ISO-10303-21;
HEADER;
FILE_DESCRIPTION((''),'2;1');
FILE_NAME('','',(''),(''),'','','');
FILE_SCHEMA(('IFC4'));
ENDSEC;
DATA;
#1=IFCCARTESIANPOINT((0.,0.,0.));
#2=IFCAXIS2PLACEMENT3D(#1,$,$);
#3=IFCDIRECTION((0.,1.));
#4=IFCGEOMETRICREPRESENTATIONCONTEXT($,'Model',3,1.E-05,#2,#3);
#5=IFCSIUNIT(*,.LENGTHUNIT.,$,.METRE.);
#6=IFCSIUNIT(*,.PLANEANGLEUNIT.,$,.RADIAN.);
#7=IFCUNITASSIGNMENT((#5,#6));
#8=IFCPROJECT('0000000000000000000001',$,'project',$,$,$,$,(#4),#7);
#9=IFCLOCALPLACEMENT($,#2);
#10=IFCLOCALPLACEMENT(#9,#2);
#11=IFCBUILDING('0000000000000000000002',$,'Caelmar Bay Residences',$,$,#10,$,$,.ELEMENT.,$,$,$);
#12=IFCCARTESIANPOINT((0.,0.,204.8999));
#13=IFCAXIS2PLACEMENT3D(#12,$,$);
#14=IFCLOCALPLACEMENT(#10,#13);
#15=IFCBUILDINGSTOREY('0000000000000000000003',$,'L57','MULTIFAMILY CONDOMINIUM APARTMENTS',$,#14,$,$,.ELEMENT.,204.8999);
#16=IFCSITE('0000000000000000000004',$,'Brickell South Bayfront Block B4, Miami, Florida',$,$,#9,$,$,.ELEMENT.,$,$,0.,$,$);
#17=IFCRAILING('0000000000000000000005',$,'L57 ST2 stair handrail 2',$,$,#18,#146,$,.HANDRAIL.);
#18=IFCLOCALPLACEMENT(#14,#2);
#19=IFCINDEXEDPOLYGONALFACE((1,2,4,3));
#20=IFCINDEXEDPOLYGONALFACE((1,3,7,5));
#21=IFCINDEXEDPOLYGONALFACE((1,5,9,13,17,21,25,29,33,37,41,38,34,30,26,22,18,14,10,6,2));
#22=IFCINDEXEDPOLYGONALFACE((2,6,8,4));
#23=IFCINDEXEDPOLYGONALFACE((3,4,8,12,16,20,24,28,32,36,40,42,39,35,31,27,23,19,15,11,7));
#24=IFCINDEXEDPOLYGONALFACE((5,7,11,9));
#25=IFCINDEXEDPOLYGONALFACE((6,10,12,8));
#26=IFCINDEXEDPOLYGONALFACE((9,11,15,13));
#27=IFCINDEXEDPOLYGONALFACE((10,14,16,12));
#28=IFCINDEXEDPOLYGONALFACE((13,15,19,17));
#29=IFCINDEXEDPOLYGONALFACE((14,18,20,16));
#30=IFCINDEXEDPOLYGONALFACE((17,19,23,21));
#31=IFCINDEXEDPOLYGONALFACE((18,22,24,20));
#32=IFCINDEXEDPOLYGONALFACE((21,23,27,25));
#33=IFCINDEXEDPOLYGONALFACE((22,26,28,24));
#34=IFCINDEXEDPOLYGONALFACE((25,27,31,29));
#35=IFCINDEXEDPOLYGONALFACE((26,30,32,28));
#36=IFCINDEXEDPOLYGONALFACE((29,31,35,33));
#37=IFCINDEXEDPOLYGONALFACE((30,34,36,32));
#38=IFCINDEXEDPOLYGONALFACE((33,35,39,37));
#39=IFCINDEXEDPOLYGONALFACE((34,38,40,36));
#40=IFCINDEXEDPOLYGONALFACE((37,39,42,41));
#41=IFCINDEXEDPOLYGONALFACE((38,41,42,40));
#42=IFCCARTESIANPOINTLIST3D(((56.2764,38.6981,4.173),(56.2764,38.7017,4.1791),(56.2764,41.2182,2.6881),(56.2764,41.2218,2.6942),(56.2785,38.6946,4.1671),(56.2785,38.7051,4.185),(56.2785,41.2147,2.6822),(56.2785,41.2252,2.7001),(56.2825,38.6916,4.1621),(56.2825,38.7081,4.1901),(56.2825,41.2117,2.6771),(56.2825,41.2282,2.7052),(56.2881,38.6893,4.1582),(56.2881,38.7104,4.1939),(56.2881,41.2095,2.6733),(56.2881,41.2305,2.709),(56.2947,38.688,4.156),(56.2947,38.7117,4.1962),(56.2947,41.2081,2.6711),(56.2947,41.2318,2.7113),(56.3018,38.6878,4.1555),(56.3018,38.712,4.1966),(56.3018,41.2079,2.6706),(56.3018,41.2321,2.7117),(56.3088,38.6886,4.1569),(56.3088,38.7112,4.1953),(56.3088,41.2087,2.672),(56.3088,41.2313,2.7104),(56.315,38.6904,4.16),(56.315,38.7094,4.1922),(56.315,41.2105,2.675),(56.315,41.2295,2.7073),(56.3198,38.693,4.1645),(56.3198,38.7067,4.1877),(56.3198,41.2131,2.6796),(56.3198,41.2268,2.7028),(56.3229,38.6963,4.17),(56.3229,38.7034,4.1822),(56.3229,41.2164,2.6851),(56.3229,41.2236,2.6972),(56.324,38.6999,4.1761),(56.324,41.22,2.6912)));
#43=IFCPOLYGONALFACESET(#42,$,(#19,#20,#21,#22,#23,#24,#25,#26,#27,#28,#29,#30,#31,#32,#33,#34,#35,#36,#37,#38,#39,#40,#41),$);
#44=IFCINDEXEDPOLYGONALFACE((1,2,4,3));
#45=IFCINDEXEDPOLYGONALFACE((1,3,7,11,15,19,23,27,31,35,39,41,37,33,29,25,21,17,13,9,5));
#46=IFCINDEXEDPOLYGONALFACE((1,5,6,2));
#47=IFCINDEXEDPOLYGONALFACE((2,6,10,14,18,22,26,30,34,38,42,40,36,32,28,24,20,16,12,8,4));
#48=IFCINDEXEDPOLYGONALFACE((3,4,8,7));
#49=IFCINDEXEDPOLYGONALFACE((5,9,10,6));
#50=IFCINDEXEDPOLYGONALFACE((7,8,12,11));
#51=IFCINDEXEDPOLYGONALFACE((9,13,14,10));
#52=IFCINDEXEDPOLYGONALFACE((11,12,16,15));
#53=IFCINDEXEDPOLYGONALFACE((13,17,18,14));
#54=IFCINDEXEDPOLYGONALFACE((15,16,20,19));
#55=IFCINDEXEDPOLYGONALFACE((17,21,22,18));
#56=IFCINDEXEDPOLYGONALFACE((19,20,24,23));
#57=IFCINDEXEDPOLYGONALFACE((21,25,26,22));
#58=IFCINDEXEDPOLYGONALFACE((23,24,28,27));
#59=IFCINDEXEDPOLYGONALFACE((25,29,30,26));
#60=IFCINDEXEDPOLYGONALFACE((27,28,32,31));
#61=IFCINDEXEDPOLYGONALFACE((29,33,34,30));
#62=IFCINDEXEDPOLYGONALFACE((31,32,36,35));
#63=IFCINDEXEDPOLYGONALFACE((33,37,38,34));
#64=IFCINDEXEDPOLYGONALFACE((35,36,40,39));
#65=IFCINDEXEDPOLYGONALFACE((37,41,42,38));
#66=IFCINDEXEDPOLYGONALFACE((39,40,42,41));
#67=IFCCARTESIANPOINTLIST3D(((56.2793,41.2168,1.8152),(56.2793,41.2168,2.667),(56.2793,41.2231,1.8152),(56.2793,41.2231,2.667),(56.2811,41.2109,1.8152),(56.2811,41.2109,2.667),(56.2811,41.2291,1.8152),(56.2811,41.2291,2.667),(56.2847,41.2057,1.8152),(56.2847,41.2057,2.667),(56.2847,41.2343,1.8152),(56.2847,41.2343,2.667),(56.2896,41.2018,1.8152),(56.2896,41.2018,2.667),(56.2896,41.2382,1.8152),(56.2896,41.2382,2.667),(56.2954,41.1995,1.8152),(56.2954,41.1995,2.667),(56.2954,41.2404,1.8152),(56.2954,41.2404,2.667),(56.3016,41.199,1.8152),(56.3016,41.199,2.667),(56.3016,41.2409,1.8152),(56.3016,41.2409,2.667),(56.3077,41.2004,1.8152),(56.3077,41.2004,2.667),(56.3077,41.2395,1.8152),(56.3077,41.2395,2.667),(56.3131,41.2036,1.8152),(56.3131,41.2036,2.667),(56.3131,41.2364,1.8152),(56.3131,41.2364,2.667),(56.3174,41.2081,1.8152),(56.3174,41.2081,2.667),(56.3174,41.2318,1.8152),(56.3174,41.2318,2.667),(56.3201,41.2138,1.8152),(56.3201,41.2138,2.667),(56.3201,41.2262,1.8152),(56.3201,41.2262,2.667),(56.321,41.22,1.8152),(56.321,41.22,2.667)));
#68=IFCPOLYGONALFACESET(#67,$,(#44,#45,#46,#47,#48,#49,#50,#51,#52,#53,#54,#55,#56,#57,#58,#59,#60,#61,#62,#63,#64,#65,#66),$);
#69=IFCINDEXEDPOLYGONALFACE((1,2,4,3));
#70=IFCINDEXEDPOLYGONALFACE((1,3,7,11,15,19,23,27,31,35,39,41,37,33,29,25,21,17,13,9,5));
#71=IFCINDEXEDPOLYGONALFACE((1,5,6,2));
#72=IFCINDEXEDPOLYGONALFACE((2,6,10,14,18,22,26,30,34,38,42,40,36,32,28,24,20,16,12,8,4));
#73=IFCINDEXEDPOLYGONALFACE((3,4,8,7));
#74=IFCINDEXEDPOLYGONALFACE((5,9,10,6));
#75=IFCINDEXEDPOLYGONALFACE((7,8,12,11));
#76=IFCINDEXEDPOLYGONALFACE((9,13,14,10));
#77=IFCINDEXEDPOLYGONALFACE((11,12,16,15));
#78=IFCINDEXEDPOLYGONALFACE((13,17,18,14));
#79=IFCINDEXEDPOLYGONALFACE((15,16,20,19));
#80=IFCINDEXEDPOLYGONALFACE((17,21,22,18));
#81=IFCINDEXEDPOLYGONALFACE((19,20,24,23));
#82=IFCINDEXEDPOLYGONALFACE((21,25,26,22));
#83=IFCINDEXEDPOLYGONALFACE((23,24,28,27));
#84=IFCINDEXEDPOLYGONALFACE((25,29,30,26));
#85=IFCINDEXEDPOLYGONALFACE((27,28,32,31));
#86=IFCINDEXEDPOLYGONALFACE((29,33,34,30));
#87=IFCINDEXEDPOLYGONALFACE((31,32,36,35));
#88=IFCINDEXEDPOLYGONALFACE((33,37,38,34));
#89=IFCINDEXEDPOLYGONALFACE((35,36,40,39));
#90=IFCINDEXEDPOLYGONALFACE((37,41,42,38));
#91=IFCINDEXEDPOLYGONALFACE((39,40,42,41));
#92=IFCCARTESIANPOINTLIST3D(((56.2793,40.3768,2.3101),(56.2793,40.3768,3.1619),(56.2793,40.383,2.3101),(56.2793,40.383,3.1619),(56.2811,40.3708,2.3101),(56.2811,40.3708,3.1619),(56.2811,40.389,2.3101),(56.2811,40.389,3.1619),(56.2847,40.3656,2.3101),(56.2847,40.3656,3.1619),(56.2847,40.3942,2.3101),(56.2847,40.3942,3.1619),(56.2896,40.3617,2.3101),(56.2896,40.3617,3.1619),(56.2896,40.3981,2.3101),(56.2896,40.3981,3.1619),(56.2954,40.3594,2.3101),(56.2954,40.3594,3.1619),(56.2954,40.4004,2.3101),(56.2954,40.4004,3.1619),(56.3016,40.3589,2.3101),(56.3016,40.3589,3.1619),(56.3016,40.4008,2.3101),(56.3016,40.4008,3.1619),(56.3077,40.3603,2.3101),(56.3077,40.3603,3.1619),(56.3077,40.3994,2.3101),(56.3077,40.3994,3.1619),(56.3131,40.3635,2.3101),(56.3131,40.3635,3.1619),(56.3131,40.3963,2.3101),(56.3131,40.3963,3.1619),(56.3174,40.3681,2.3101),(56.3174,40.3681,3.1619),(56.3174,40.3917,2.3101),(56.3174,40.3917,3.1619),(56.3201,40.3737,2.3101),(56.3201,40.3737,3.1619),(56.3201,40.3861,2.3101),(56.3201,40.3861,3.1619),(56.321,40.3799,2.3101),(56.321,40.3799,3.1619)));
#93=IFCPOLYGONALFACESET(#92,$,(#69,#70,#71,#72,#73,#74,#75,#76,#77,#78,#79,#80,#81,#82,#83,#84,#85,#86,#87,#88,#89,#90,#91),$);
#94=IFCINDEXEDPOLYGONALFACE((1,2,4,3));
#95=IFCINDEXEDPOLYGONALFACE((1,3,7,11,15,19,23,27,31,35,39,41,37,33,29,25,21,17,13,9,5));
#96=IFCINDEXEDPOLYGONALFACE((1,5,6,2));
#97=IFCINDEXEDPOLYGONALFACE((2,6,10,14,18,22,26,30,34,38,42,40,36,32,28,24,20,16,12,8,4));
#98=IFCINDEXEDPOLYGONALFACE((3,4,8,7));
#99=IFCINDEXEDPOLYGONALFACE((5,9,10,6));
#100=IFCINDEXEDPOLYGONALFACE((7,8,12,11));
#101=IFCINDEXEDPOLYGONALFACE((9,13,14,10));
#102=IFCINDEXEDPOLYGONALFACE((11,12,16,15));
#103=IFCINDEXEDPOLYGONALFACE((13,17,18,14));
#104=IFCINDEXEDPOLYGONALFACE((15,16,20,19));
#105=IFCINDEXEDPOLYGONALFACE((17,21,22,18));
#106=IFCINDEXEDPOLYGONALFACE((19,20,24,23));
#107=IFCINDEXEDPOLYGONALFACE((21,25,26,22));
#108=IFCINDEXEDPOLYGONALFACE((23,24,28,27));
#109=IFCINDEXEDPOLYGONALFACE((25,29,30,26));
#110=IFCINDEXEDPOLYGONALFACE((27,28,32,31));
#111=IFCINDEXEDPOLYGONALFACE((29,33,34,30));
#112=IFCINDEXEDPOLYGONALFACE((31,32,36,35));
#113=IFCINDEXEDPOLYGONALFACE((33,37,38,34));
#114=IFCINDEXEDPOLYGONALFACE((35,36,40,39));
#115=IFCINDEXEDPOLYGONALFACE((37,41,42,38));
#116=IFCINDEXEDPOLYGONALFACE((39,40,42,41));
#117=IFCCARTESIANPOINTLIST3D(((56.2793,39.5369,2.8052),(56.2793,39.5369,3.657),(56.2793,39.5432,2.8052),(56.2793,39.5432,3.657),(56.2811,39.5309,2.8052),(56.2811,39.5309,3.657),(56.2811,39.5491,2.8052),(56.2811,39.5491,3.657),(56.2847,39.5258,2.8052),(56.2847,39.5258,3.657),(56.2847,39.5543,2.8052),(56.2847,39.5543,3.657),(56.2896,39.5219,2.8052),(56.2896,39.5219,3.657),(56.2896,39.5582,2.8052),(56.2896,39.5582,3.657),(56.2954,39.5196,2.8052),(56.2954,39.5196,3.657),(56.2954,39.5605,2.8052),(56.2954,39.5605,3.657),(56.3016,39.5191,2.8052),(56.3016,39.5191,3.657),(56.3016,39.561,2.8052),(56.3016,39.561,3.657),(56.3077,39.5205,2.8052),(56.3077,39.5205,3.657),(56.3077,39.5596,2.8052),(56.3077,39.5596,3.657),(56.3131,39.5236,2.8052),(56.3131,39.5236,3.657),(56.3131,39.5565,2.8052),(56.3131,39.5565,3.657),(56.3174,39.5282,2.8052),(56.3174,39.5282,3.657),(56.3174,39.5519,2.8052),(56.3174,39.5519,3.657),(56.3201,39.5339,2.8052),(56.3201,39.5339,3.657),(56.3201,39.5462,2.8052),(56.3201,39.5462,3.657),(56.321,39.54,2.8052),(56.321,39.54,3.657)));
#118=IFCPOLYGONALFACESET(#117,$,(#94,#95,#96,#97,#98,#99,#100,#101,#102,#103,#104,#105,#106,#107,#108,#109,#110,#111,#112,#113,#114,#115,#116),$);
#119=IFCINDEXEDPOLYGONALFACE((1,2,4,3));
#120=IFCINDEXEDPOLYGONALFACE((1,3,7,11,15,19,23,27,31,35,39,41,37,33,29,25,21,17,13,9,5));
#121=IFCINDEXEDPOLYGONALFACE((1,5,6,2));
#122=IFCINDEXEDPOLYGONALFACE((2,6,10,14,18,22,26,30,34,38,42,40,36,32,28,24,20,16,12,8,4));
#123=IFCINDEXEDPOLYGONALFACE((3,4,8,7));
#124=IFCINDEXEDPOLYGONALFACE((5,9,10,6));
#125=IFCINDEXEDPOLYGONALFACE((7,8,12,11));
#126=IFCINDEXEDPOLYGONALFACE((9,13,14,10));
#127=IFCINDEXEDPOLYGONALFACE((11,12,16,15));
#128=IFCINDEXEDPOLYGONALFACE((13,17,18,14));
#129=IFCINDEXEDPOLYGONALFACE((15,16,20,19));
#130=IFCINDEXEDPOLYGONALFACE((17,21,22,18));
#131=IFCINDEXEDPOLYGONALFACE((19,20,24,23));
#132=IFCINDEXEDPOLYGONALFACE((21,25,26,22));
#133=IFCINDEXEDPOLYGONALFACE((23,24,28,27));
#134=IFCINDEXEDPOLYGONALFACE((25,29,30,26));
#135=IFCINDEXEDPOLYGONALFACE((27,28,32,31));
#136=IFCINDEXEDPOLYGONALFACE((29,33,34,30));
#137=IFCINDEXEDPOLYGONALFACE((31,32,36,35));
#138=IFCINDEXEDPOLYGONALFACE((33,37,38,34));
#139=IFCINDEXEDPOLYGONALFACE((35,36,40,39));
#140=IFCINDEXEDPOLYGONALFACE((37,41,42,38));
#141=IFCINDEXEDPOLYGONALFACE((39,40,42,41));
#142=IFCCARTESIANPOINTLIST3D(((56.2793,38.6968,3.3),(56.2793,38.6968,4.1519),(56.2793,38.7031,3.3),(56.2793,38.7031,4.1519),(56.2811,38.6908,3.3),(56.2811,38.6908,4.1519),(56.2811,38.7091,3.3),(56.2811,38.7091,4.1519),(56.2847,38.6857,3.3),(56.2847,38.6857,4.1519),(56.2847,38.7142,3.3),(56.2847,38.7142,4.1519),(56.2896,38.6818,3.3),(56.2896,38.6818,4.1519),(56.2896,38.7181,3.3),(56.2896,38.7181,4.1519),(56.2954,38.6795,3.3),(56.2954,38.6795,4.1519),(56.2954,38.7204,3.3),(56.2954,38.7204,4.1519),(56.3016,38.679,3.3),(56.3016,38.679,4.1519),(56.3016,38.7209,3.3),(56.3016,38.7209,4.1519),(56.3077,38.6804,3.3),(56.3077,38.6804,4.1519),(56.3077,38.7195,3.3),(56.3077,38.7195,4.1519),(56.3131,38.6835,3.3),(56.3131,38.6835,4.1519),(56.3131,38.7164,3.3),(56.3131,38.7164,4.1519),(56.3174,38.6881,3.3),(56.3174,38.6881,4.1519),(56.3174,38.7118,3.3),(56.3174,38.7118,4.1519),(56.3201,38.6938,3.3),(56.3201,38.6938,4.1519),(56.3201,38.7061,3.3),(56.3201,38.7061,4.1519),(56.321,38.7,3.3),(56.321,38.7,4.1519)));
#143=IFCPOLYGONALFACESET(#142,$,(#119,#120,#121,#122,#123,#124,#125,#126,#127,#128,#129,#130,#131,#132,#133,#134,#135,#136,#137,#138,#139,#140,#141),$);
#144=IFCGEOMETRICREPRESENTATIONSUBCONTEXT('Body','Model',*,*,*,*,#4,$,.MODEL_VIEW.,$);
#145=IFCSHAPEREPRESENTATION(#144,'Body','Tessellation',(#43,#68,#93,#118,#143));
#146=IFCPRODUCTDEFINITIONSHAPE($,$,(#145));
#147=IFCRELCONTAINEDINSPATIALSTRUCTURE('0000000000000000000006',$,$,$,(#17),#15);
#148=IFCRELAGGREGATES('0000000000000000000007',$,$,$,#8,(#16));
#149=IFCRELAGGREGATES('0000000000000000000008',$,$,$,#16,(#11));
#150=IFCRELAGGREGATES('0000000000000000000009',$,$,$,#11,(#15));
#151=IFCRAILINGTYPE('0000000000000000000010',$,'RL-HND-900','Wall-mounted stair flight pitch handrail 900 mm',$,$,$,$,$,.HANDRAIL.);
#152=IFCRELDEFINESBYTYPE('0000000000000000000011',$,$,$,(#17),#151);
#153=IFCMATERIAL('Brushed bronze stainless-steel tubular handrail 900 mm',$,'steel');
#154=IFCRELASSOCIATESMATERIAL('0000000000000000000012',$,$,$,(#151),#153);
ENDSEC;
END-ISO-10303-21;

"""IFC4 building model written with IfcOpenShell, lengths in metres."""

from ifc_helpers import new_model, si_unit, direction, frame, origin, origin_2d, place, context, subcontext, project, spatial, circle, extrude, material, type_object, element, save


model = new_model("IFC4")

# Units and contexts
model_context = context("Model", 3, precision=1e-05, world=origin(), true_north=direction((0.0, 1.0)))
body_context = subcontext(model_context, "Body", "Model", "MODEL_VIEW")
ifc_project = project(units=[si_unit("LENGTHUNIT", "METRE"), si_unit("PLANEANGLEUNIT", "RADIAN")], contexts=[model_context])

# Site, building, storey
site_placement = place(None, origin())
site = spatial("IfcSite", under=ifc_project, at=site_placement, Name="Brickell South Bayfront Block B4, Miami, Florida", CompositionType="ELEMENT", RefElevation=0.0)
building_placement = place(site_placement, origin())
building = spatial("IfcBuilding", under=site, at=building_placement, Name="Caelmar Bay Residences", CompositionType="ELEMENT")
storey_placement = place(building_placement, frame((0.0, 0.0, 204.8999)))
storey = spatial("IfcBuildingStorey", under=building, at=storey_placement, Name="L57", Description="MULTIFAMILY CONDOMINIUM APARTMENTS", CompositionType="ELEMENT", Elevation=204.8999)

# Railing
ifc_material_1 = material(Name="Brushed bronze stainless-steel tubular handrail 900 mm", Category="steel")
railing_type_1 = type_object("IfcRailingType", Name="RL-HND-900", Description="Wall-mounted stair flight pitch handrail 900 mm", PredefinedType="HANDRAIL", material=ifc_material_1)
railing_1_placement = place(storey_placement, frame((56.3, 41.22, 1.8152)))
element("IfcRailing", 1, at=railing_1_placement, inside=storey, type_object=railing_type_1, Name="L57 ST2 stair handrail 2", PredefinedType="HANDRAIL", context=body_context, shape_type="SweptSolid", body=[
    extrude(circle(Radius=0.0239, at=origin_2d()), frame((0.0, 0.0, 0.876), z_axis=(0.0, -0.861561, 0.507655), x_axis=(1.0, 0.0, 0.0)), (0.0, 0.0, 1.0), 2.925),
    extrude(circle(Radius=0.021, at=origin_2d()), origin(), (0.0, 0.0, 1.0), 0.8518),
    extrude(circle(Radius=0.021, at=origin_2d()), frame((0.0, -0.8401, 0.4949)), (0.0, 0.0, 1.0), 0.8518),
    extrude(circle(Radius=0.021, at=origin_2d()), frame((0.0, -1.6799, 0.99)), (0.0, 0.0, 1.0), 0.8518),
    extrude(circle(Radius=0.021, at=origin_2d()), frame((0.0, -2.52, 1.4849)), (0.0, 0.0, 1.0), 0.8518),
])

save(model, "model.ifc")
